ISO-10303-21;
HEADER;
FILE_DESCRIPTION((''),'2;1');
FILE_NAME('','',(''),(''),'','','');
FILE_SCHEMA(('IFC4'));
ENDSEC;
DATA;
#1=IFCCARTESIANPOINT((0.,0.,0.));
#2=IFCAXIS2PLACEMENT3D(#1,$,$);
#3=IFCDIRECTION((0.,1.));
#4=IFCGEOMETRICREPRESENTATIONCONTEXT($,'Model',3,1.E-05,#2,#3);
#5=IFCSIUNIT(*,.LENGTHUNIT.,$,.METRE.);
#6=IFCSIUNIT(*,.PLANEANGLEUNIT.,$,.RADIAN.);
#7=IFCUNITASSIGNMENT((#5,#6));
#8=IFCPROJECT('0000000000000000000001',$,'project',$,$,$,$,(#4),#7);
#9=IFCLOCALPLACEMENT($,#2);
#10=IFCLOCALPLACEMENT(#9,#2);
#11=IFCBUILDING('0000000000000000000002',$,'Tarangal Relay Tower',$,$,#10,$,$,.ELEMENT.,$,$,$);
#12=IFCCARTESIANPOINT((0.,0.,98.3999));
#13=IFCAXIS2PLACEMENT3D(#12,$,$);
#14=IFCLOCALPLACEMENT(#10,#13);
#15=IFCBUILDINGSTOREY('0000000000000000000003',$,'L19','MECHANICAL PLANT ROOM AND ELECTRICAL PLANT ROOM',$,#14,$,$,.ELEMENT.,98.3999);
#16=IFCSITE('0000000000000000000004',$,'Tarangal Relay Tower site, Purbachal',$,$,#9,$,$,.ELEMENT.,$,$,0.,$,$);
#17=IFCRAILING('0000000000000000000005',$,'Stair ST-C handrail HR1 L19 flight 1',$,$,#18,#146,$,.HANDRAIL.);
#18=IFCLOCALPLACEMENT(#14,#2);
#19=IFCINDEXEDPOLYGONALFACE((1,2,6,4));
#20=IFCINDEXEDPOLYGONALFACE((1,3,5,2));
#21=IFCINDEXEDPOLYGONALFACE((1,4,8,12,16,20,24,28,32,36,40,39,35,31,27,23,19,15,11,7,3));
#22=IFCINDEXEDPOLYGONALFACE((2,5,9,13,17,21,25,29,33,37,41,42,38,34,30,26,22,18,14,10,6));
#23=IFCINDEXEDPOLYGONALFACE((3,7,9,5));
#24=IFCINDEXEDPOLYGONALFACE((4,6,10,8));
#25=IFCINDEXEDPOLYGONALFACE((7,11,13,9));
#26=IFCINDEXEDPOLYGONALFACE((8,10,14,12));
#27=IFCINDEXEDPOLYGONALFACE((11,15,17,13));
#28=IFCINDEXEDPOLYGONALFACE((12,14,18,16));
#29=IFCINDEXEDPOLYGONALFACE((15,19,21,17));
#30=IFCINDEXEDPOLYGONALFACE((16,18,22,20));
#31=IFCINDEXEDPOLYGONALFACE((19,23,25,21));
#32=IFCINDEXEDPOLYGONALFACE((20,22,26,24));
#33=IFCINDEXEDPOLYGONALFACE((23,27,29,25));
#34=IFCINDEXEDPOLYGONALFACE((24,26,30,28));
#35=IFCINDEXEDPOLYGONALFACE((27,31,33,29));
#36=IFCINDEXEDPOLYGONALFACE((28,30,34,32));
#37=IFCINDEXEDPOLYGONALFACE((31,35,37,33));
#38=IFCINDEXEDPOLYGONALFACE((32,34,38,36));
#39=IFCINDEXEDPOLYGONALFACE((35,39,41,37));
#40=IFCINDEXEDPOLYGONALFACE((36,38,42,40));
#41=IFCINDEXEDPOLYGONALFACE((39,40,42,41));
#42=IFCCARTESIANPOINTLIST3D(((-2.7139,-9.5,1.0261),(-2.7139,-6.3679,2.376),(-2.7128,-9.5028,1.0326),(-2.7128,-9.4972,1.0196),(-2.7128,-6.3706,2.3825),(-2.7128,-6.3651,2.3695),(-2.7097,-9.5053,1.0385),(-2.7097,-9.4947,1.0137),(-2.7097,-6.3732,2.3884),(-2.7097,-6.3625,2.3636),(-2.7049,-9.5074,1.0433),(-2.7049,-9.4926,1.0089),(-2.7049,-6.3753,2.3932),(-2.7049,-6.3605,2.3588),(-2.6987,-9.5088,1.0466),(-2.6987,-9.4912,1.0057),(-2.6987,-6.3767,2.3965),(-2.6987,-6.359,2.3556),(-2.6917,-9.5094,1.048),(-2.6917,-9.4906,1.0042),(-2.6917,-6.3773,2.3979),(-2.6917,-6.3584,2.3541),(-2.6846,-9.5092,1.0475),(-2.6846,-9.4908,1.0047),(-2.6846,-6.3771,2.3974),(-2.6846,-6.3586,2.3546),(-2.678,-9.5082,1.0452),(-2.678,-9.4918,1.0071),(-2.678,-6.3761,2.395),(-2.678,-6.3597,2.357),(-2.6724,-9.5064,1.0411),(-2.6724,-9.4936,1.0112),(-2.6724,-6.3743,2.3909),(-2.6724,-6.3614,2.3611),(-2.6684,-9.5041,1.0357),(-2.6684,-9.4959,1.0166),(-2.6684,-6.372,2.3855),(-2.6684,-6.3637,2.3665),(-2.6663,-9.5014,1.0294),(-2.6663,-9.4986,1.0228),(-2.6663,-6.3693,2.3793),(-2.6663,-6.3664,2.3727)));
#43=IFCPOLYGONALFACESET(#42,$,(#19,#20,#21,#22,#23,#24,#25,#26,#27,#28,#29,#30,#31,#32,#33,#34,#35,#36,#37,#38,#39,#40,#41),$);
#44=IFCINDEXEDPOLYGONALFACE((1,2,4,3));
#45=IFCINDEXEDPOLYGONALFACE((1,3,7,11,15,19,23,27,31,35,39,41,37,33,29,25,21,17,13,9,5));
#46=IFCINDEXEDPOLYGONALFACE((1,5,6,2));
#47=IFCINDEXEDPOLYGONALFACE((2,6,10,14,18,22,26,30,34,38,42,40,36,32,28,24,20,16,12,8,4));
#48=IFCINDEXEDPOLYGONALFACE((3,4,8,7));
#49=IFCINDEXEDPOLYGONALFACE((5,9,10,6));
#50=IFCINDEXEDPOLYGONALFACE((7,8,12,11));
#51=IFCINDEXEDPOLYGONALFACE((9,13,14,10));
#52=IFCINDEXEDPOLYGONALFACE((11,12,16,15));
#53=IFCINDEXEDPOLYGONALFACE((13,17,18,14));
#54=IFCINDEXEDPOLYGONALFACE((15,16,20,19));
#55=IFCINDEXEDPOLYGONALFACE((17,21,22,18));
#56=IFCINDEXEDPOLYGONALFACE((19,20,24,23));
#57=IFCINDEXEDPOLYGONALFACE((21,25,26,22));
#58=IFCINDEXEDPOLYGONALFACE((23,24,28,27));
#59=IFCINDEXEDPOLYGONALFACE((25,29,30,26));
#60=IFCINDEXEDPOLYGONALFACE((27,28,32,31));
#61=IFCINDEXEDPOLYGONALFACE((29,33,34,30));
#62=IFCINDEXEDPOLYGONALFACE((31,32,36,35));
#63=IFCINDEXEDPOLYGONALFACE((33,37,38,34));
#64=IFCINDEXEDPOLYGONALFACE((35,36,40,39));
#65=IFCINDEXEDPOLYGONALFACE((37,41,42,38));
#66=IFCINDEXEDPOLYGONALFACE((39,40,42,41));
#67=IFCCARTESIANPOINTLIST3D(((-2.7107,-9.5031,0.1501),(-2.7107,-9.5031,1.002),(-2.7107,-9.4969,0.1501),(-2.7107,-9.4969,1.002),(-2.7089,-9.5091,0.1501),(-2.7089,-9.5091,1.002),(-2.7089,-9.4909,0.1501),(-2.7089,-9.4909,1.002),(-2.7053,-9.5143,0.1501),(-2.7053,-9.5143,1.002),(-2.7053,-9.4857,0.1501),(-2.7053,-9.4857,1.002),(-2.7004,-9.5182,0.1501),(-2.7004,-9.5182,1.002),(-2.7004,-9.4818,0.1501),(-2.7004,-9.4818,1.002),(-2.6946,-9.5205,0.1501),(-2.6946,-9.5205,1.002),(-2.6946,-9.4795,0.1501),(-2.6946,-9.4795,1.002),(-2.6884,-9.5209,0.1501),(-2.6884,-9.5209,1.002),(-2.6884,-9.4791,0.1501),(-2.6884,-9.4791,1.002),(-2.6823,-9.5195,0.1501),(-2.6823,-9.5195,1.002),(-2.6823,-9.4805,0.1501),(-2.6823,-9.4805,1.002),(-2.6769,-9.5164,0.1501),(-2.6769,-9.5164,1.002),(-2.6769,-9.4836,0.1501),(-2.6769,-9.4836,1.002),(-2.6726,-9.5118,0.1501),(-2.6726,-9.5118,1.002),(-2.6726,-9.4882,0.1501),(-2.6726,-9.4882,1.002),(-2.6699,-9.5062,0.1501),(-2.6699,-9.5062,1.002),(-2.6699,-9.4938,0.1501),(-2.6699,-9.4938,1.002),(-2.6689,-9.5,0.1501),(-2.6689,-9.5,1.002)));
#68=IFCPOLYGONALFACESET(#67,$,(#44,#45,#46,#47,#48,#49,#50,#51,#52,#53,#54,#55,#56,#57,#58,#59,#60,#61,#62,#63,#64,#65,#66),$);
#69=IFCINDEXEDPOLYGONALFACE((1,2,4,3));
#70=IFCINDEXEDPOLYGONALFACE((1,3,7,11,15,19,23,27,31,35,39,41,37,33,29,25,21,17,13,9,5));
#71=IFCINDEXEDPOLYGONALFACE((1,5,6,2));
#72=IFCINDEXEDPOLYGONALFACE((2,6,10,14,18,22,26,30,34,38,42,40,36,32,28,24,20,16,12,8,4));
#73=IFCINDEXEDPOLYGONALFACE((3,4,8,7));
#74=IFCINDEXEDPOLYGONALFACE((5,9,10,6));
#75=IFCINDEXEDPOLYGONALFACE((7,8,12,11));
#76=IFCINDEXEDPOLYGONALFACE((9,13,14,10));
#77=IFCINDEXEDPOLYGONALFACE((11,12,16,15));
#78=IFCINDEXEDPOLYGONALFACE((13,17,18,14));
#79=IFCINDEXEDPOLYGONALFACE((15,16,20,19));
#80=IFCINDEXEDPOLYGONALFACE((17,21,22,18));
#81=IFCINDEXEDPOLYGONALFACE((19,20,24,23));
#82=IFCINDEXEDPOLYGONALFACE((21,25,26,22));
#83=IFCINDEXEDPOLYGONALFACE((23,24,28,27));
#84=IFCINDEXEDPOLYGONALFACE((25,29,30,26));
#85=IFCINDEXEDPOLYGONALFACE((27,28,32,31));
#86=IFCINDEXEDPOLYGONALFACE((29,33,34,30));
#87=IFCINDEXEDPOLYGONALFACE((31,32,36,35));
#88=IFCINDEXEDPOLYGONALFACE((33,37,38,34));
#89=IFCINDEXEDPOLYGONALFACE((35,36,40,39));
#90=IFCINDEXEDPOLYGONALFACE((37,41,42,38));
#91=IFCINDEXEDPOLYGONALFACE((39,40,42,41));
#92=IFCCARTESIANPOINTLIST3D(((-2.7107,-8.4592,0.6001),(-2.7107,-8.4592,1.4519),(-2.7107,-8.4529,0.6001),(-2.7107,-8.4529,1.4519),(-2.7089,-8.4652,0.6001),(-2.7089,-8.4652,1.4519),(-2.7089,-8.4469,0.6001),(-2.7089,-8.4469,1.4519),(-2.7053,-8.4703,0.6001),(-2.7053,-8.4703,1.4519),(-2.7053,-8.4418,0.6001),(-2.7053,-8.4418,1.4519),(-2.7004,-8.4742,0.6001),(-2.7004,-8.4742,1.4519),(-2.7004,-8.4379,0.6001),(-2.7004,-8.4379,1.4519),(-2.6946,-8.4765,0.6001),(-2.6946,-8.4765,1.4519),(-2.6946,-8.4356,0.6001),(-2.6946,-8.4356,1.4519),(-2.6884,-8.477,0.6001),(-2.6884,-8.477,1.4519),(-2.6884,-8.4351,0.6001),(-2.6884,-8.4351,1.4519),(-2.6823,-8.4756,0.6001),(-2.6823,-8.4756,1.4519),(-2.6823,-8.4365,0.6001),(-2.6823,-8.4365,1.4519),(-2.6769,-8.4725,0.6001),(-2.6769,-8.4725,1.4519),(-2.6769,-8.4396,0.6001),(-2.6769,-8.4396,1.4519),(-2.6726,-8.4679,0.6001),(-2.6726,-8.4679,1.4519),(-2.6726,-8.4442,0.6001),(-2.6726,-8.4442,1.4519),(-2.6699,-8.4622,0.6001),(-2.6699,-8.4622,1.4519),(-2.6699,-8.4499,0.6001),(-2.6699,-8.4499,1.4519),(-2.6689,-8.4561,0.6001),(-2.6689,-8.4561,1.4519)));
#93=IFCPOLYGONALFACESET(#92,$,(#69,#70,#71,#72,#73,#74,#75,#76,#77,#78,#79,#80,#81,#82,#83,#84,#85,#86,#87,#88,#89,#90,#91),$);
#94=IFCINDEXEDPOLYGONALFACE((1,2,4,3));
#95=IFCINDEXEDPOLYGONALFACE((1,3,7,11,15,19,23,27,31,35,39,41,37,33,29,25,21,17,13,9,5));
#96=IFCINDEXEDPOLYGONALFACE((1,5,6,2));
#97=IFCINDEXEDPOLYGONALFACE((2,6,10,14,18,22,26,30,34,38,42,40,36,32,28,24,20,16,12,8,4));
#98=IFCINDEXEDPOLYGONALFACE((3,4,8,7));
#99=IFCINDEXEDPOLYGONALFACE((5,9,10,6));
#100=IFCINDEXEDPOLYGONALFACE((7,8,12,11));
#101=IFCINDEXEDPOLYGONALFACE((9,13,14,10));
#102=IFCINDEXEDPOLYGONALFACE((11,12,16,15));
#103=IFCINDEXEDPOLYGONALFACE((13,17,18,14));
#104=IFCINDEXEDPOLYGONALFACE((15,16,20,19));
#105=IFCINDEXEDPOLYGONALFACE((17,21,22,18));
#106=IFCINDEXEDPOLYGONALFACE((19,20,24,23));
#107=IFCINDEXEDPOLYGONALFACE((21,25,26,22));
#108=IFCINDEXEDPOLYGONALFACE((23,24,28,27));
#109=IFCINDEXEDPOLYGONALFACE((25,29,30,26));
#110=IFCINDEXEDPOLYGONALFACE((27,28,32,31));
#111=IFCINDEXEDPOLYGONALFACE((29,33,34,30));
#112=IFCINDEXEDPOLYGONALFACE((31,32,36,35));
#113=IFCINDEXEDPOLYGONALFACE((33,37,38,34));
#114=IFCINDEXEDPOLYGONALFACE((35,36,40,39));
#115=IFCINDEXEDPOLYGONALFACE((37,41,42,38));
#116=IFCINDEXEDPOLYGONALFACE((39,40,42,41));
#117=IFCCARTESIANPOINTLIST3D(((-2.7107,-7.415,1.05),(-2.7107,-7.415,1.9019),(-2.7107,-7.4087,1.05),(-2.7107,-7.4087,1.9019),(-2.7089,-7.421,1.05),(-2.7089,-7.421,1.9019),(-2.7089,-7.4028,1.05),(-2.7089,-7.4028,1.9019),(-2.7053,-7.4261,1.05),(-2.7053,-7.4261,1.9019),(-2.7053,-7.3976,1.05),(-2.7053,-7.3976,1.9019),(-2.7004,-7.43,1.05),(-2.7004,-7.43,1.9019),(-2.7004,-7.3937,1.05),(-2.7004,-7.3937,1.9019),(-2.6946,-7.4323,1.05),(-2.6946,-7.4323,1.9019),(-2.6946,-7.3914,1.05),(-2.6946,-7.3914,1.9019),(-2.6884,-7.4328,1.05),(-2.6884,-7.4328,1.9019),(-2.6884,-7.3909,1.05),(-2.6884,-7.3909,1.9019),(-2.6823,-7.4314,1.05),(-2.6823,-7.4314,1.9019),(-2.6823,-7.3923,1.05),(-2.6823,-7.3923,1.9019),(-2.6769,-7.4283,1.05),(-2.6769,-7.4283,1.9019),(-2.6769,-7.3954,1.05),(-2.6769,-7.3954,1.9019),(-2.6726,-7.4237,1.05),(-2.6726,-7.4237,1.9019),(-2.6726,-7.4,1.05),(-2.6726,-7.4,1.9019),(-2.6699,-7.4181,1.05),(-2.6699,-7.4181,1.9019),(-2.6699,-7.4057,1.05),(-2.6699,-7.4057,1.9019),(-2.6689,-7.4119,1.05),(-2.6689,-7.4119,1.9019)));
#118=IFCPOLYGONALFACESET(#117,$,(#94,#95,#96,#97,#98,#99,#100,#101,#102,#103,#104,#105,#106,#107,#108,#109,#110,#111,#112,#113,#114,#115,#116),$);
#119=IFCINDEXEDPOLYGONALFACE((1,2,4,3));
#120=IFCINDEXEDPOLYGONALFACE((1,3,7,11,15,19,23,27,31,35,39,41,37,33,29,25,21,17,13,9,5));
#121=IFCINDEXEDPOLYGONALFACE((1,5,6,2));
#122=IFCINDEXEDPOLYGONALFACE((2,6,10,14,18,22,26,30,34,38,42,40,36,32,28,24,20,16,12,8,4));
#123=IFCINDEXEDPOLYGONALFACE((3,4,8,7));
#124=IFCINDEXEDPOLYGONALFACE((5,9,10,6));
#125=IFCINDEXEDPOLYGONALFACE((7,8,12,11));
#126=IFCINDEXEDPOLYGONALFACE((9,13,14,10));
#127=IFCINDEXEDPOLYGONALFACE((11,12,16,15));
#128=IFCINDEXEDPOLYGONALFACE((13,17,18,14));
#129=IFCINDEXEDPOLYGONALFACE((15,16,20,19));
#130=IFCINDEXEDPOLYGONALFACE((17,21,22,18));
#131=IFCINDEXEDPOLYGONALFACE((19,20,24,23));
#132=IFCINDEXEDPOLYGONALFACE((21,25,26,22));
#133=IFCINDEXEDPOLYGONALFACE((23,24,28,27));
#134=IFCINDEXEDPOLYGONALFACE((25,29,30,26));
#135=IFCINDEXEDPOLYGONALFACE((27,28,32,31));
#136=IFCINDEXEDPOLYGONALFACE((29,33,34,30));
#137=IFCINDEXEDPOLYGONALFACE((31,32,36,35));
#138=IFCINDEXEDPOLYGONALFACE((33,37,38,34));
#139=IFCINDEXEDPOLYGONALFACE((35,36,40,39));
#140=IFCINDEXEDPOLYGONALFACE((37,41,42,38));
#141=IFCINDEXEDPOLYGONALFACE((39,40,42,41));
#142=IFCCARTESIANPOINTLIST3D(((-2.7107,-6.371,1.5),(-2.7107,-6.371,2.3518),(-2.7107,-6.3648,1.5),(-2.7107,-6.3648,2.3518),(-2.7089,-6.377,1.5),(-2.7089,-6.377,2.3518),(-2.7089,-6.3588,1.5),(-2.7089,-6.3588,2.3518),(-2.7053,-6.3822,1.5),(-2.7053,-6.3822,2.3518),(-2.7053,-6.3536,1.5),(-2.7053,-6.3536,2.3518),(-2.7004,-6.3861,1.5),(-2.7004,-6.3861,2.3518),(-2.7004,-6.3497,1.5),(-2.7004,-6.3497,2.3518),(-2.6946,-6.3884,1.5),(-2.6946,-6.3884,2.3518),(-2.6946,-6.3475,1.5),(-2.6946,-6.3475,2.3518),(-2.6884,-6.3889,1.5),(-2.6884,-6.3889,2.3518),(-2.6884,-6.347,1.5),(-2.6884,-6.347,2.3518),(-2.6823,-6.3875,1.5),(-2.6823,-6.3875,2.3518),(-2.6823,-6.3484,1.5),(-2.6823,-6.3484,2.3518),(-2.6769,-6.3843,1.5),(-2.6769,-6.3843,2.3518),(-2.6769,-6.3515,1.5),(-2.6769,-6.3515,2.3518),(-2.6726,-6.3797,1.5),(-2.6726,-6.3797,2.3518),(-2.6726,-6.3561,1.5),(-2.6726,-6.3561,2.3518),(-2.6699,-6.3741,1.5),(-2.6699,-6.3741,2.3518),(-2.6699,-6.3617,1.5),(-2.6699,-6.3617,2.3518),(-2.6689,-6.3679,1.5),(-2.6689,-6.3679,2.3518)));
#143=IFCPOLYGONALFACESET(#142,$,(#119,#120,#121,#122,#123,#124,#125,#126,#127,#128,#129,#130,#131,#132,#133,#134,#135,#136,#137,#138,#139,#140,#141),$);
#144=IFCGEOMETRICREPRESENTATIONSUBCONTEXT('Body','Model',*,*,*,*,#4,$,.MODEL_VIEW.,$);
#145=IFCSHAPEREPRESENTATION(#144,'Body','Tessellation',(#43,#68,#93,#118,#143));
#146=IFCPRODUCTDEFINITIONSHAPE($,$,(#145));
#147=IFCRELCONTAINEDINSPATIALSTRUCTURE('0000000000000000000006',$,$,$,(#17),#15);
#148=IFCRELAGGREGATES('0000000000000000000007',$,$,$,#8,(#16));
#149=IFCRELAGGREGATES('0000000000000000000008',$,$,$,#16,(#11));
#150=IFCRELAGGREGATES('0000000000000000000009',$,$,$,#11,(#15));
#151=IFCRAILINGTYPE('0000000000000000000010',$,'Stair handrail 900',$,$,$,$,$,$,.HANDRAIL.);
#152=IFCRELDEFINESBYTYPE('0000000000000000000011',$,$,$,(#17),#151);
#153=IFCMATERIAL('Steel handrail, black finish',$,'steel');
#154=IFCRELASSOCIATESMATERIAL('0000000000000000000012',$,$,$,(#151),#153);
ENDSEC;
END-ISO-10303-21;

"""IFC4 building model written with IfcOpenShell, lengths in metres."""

from ifc_helpers import new_model, si_unit, direction, frame, origin, origin_2d, place, context, subcontext, project, spatial, circle, extrude, material, type_object, element, save


model = new_model("IFC4")

# Units and contexts
model_context = context("Model", 3, precision=1e-05, world=origin(), true_north=direction((0.0, 1.0)))
body_context = subcontext(model_context, "Body", "Model", "MODEL_VIEW")
ifc_project = project(units=[si_unit("LENGTHUNIT", "METRE"), si_unit("PLANEANGLEUNIT", "RADIAN")], contexts=[model_context])

# Site, building, storey
site_placement = place(None, origin())
site = spatial("IfcSite", under=ifc_project, at=site_placement, Name="Tarangal Relay Tower site, Purbachal", CompositionType="ELEMENT", RefElevation=0.0)
building_placement = place(site_placement, origin())
building = spatial("IfcBuilding", under=site, at=building_placement, Name="Tarangal Relay Tower", CompositionType="ELEMENT")
storey_placement = place(building_placement, frame((0.0, 0.0, 98.3999)))
storey = spatial("IfcBuildingStorey", under=building, at=storey_placement, Name="L19", Description="MECHANICAL PLANT ROOM AND ELECTRICAL PLANT ROOM", CompositionType="ELEMENT", Elevation=98.3999)

# Railing
ifc_material_1 = material(Name="Steel handrail, black finish", Category="steel")
railing_type_1 = type_object("IfcRailingType", Name="Stair handrail 900", PredefinedType="HANDRAIL", material=ifc_material_1)
railing_placement = place(storey_placement, frame((-2.6899, -9.5, 0.1501)))
element("IfcRailing", 1, at=railing_placement, inside=storey, type_object=railing_type_1, Name="Stair ST-C handrail HR1 L19 flight 1", PredefinedType="HANDRAIL", context=body_context, shape_type="SweptSolid", body=[
    extrude(circle(Radius=0.0239, at=origin_2d()), frame((0.0, 0.0, 0.876), z_axis=(0.0, 0.918343, 0.395785), x_axis=(-1.0, 0.0, 0.0)), (0.0, 0.0, 1.0), 3.4106),
    extrude(circle(Radius=0.021, at=origin_2d()), origin(), (0.0, 0.0, 1.0), 0.8518),
    extrude(circle(Radius=0.021, at=origin_2d()), frame((0.0, 1.0439, 0.45)), (0.0, 0.0, 1.0), 0.8518),
    extrude(circle(Radius=0.021, at=origin_2d()), frame((0.0, 2.0881, 0.8999)), (0.0, 0.0, 1.0), 0.8518),
    extrude(circle(Radius=0.021, at=origin_2d()), frame((0.0, 3.1321, 1.3499)), (0.0, 0.0, 1.0), 0.8518),
])

save(model, "model.ifc")
